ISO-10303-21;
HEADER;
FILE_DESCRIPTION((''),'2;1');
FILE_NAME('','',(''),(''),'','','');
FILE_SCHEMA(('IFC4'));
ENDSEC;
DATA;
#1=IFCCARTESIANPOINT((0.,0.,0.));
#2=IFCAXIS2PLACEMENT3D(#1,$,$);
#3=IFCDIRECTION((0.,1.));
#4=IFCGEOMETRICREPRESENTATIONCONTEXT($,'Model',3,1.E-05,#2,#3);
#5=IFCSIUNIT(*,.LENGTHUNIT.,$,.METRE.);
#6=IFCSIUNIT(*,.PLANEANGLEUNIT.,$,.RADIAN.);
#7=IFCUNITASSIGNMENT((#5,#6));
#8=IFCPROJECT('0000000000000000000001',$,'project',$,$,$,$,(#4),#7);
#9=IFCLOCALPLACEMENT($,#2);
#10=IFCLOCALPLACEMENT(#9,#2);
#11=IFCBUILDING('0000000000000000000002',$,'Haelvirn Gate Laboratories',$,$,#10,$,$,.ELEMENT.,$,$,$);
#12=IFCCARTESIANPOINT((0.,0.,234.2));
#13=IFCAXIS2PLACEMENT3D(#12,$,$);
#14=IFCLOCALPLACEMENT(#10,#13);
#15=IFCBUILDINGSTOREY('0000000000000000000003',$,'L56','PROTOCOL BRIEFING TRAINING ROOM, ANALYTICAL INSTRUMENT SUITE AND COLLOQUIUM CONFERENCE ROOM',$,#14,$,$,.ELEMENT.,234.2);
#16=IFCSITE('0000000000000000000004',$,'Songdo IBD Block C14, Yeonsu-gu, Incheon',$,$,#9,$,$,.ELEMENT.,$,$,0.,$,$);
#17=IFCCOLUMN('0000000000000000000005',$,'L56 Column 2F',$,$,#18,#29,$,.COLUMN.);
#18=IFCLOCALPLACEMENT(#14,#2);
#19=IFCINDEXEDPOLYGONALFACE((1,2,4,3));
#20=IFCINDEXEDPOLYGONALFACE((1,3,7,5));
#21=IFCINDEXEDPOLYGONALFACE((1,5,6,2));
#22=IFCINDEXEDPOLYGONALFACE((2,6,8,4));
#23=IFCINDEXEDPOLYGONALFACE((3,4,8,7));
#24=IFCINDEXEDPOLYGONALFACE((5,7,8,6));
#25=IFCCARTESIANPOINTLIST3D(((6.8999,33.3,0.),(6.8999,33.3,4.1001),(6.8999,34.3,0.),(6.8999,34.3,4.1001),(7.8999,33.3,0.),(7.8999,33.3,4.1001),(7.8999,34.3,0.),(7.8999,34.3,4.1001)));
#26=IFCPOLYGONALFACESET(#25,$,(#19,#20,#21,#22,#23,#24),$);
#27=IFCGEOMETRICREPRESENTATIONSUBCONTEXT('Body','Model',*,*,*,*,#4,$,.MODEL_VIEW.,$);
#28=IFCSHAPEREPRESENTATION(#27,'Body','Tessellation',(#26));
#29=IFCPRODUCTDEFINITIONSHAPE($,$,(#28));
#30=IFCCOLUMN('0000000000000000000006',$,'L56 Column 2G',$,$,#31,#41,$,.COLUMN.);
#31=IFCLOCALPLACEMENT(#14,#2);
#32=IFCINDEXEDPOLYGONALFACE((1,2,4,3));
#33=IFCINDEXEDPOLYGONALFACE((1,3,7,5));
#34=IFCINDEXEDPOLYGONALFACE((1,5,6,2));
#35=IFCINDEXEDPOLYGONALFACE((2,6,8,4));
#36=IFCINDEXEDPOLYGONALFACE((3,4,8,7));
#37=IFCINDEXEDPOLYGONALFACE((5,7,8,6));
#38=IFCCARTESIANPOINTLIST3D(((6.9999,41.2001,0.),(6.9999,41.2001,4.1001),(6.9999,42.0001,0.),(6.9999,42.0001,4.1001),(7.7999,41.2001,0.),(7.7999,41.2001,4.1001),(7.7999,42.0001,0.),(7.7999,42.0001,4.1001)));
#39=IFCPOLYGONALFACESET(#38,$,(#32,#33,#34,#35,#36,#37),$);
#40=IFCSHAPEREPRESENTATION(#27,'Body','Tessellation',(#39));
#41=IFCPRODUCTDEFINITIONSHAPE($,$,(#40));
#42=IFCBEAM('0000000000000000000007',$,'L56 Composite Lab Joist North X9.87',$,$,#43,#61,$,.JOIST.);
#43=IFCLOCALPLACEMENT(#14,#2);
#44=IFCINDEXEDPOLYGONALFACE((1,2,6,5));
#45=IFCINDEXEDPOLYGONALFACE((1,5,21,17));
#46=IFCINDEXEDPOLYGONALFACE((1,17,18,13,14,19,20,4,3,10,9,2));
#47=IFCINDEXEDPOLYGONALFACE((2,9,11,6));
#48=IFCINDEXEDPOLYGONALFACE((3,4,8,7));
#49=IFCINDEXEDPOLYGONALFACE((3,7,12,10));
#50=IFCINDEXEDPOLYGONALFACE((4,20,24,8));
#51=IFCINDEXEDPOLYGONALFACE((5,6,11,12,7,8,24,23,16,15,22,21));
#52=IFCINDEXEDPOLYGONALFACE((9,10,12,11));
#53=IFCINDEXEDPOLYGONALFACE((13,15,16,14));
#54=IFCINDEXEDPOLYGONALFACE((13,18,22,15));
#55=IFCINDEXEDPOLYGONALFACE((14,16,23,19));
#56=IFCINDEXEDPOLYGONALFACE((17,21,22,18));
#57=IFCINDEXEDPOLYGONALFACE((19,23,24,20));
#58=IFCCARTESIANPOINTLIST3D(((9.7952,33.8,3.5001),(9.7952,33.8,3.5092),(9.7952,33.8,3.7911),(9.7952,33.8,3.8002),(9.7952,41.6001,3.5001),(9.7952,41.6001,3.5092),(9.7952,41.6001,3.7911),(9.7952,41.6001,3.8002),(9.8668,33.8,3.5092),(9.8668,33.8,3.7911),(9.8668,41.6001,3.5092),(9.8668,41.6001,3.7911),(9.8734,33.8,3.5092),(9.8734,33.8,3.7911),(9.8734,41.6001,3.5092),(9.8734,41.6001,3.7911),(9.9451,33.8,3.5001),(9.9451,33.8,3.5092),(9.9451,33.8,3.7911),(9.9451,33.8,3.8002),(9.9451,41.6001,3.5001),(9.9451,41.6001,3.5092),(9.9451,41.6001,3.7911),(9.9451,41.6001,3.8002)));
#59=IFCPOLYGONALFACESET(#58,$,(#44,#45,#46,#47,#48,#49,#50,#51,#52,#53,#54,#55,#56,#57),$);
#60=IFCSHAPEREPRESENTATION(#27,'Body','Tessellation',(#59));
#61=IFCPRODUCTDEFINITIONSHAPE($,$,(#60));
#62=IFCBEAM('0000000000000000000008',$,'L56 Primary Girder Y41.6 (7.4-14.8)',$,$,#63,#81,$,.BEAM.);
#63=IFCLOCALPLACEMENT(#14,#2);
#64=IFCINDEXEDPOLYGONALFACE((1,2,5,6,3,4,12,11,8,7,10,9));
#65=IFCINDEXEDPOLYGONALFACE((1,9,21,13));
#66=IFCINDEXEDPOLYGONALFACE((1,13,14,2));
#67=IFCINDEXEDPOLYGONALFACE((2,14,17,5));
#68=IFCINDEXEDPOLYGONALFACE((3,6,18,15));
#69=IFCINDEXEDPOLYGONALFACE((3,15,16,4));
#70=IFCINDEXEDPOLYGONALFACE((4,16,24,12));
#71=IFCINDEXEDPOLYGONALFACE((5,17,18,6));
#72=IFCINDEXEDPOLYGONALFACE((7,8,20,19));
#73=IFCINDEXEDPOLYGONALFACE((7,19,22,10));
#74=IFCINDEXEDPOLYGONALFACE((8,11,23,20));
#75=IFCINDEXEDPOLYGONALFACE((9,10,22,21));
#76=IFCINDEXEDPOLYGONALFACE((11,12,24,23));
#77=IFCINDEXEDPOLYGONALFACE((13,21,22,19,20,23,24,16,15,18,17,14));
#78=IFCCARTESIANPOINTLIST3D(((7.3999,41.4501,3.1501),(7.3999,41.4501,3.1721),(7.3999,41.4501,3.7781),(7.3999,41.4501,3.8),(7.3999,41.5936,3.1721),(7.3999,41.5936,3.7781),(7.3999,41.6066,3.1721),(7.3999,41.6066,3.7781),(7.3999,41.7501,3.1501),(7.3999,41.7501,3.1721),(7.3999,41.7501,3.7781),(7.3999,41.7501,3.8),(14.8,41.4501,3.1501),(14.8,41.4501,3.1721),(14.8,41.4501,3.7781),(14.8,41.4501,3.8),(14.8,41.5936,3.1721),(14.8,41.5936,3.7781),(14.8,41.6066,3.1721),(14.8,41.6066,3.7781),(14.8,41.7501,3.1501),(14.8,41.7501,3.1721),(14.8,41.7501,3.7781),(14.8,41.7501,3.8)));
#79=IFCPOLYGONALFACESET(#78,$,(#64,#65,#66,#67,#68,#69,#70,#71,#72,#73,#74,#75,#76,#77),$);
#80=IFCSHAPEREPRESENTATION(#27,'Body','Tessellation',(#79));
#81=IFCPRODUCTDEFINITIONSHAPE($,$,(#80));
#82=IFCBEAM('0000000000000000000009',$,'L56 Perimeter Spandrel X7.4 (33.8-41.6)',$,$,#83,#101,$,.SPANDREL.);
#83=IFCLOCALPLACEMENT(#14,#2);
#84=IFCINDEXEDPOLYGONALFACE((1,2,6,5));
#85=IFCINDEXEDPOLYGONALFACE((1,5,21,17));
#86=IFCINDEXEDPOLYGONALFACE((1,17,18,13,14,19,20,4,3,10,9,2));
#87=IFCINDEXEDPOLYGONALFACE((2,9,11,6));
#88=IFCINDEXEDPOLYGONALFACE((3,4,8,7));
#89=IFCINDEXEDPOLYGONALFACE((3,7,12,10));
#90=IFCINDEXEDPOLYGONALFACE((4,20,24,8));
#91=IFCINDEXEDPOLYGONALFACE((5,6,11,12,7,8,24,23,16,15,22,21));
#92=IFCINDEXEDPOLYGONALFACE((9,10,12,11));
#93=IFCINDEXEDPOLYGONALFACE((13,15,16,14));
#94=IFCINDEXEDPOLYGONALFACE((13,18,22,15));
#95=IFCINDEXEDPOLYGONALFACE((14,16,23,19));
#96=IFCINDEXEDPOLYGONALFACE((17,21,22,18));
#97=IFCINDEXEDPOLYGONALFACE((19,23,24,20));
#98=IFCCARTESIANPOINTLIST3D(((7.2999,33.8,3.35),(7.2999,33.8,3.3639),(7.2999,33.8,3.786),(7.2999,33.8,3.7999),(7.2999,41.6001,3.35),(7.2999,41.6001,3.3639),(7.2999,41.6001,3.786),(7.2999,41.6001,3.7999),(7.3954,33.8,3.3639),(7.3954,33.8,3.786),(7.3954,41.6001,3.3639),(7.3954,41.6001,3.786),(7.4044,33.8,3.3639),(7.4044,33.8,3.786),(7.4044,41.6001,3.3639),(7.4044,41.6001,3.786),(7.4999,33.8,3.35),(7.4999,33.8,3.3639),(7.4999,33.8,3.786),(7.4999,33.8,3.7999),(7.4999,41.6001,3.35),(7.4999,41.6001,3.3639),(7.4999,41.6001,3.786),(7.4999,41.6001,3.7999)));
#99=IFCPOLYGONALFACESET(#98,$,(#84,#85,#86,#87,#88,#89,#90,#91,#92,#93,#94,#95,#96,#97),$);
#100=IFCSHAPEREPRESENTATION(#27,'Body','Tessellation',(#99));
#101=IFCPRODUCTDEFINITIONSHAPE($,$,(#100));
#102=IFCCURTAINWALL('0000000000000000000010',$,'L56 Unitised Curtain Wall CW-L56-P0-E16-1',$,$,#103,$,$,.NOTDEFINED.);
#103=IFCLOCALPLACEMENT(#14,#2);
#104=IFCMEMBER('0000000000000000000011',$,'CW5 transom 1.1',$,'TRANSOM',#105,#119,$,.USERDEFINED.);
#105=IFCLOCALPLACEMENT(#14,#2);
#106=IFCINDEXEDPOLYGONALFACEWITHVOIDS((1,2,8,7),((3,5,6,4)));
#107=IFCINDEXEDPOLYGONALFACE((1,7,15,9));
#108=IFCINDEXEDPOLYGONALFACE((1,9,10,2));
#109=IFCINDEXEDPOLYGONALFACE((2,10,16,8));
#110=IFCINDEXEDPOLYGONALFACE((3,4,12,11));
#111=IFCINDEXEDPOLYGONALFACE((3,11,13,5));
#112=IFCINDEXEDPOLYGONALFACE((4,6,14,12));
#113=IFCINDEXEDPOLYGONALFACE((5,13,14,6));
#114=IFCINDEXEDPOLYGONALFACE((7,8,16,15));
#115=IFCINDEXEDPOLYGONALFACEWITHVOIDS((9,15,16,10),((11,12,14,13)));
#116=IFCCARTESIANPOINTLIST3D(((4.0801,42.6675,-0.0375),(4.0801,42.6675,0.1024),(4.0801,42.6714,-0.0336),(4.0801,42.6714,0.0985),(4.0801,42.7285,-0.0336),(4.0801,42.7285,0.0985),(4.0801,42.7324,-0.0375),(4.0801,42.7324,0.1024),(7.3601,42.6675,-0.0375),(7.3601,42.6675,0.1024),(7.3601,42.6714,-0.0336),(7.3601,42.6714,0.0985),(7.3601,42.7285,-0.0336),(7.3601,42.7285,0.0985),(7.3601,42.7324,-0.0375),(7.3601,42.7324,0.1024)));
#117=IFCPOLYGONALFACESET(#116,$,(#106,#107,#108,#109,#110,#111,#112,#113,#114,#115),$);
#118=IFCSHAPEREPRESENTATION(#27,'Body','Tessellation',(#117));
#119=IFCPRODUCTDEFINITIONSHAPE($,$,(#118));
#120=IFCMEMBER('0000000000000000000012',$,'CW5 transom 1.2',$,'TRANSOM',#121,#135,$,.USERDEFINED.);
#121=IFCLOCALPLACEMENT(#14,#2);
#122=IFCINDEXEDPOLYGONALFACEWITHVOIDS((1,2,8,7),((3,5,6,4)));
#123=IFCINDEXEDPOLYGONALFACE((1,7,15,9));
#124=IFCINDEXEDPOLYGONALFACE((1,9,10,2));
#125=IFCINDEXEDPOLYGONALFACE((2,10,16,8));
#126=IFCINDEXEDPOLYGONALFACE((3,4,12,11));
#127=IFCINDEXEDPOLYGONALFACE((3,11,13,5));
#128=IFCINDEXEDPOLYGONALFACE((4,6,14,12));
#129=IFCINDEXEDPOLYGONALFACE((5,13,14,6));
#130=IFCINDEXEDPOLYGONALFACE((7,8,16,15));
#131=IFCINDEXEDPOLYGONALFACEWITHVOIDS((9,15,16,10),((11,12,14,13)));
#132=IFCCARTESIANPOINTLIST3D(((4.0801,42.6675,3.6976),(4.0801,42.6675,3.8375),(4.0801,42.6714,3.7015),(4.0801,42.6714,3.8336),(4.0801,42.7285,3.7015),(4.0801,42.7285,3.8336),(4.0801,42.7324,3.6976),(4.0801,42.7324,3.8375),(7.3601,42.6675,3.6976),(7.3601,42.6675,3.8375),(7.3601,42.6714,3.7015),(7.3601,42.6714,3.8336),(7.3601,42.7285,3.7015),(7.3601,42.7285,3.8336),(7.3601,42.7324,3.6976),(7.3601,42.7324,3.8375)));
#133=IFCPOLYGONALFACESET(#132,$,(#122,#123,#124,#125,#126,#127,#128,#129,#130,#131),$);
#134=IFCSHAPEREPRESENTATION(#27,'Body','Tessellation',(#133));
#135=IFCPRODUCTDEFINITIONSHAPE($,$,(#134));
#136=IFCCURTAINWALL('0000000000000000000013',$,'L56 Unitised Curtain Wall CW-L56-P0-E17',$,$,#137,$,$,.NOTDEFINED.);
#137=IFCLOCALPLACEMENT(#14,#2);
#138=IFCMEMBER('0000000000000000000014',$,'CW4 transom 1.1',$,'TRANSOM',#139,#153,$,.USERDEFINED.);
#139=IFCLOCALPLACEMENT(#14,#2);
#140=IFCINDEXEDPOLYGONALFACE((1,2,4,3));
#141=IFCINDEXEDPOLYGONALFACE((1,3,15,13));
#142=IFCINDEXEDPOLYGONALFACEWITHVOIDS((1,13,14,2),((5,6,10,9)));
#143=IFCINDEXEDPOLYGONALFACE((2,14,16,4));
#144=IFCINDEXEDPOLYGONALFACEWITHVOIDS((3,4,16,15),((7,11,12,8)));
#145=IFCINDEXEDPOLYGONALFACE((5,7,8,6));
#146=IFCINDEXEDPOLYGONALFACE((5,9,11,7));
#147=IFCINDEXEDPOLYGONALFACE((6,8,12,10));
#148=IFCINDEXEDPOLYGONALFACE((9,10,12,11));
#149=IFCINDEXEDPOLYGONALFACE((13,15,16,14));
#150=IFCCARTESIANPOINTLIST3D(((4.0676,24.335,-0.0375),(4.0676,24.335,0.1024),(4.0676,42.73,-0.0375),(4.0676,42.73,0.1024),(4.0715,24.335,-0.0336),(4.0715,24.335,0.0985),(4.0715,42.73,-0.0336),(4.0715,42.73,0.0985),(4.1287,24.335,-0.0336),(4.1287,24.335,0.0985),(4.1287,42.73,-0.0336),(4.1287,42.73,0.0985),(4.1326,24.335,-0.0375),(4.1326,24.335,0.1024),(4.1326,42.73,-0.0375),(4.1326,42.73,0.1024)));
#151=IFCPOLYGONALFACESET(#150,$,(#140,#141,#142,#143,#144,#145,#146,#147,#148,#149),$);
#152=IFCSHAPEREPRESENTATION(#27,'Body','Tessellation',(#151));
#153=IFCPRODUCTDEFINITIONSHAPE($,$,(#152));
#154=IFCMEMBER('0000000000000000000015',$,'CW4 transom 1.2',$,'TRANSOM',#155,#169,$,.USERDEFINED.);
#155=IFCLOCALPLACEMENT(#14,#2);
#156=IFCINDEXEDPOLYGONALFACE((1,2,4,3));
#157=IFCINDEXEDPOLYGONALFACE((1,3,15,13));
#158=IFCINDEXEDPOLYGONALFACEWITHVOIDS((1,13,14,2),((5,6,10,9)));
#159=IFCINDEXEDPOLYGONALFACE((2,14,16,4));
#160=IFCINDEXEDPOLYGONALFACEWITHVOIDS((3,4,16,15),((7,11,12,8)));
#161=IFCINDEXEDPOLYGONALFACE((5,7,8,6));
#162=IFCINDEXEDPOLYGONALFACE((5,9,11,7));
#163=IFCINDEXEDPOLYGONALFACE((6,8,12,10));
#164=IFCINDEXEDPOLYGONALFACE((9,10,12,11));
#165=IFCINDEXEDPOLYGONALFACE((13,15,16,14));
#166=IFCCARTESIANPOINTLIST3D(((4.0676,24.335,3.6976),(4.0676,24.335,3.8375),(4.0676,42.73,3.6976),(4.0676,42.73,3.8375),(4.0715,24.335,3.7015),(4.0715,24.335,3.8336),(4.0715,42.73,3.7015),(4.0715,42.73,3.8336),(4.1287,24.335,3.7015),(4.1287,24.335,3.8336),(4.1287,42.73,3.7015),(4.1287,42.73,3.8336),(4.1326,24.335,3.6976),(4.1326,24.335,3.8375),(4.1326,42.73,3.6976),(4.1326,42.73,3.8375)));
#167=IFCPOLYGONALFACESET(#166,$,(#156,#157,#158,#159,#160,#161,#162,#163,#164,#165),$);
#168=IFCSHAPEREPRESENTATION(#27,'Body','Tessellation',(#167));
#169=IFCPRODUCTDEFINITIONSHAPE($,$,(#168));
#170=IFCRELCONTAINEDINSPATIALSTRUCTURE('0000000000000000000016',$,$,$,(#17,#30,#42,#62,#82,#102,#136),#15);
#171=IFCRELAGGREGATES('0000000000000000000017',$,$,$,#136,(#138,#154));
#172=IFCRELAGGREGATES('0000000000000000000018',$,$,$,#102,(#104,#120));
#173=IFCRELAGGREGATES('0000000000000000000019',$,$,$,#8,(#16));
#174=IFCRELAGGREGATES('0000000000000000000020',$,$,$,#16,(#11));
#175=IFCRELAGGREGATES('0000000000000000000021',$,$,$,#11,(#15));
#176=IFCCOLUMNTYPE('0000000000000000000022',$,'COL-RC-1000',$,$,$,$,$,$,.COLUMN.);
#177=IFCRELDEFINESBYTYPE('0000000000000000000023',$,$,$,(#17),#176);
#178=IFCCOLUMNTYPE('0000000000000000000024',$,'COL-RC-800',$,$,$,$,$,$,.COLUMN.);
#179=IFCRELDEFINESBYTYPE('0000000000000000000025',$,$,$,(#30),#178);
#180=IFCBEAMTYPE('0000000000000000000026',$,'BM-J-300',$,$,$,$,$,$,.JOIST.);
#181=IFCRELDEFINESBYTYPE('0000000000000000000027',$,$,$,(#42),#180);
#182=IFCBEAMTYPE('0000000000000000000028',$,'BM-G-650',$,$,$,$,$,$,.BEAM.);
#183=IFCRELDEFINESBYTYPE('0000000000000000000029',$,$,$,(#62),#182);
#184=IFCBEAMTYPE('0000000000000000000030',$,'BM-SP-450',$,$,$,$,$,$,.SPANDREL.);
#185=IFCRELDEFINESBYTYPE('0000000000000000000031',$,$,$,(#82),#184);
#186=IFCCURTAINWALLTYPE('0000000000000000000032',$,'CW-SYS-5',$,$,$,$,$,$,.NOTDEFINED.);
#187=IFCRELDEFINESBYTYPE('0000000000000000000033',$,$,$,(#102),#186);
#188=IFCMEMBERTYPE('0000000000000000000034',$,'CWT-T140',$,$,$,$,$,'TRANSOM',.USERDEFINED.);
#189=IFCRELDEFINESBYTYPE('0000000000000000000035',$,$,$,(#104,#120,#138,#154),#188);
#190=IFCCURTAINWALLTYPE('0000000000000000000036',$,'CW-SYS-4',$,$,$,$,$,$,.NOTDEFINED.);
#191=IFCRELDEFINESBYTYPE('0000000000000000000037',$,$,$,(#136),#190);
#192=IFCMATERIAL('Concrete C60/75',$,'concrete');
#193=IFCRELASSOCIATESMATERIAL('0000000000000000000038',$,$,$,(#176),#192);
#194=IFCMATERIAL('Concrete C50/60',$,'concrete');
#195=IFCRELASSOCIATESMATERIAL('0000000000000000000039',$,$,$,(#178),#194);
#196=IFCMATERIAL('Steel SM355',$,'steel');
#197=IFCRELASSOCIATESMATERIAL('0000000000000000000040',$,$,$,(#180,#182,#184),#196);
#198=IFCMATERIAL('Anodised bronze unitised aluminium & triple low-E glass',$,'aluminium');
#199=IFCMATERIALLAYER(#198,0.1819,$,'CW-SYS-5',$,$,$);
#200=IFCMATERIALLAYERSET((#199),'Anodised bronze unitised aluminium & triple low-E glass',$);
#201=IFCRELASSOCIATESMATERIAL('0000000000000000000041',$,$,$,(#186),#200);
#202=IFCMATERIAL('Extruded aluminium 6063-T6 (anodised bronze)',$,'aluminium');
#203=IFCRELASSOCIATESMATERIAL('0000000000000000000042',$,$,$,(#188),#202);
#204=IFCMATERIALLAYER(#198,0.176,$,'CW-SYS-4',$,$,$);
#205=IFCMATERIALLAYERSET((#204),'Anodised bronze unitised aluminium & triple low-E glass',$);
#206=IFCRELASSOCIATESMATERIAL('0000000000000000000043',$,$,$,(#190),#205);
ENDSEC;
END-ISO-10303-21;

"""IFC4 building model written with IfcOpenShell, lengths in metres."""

from ifc_helpers import new_model, si_unit, direction, frame, origin, origin_2d, place, context, subcontext, project, spatial, rectangle, hollow_rectangle, i_section, extrude, source, transform, mapped, material, layer, layer_set, material_profile, profile_set, type_object, type_shapes, element, aggregate, save


model = new_model("IFC4")

# Units and contexts
model_context = context("Model", 3, precision=1e-05, world=origin(), true_north=direction((0.0, 1.0)))
body_context = subcontext(model_context, "Body", "Model", "MODEL_VIEW")
ifc_project = project(units=[si_unit("LENGTHUNIT", "METRE"), si_unit("PLANEANGLEUNIT", "RADIAN")], contexts=[model_context])

# Site, building, storey
site_placement = place(None, origin())
site = spatial("IfcSite", under=ifc_project, at=site_placement, Name="Songdo IBD Block C14, Yeonsu-gu, Incheon", CompositionType="ELEMENT", RefElevation=0.0)
building_placement = place(site_placement, origin())
building = spatial("IfcBuilding", under=site, at=building_placement, Name="Haelvirn Gate Laboratories", CompositionType="ELEMENT")
storey_placement = place(building_placement, frame((0.0, 0.0, 234.2)))
storey = spatial("IfcBuildingStorey", under=building, at=storey_placement, Name="L56", Description="PROTOCOL BRIEFING TRAINING ROOM, ANALYTICAL INSTRUMENT SUITE AND COLLOQUIUM CONFERENCE ROOM", CompositionType="ELEMENT", Elevation=234.2)

# Columns
ifc_material_1 = material(Name="Concrete C60/75", Category="concrete")
ifc_material_profile_1 = material_profile(ifc_material_1, rectangle(XDim=1.0, YDim=1.0, at=origin_2d()), Name="RC-1000x1000")
ifc_profile_set_1 = profile_set([ifc_material_profile_1], Name="Concrete C60/75")
column_type_1 = type_object("IfcColumnType", Name="COL-RC-1000", PredefinedType="COLUMN", material=ifc_profile_set_1)
shared_shape_1 = source(origin(), body_context, "Body", "SweptSolid", [
    extrude(rectangle(XDim=1.0, YDim=1.0, at=origin_2d()), origin(), (0.0, 0.0, 1.0), 4.1001),
])
type_shapes(column_type_1, [shared_shape_1])
column_1_placement = place(storey_placement, frame((7.3999, 33.8, 0.0), z_axis=(0.0, 0.0, 1.0), x_axis=(1.0, 0.0, 0.0)))
element("IfcColumn", 1, at=column_1_placement, inside=storey, type_object=column_type_1, Name="L56 Column 2F", PredefinedType="COLUMN", context=body_context, shape_type="MappedRepresentation", body=[
    mapped(shared_shape_1, transform((0.0, 0.0, 0.0), scale=1.0)),
])
ifc_material_2 = material(Name="Concrete C50/60", Category="concrete")
ifc_material_profile_2 = material_profile(ifc_material_2, rectangle(XDim=0.8, YDim=0.8, at=origin_2d()), Name="RC-800x800")
ifc_profile_set_2 = profile_set([ifc_material_profile_2], Name="Concrete C50/60")
column_type_2 = type_object("IfcColumnType", Name="COL-RC-800", PredefinedType="COLUMN", material=ifc_profile_set_2)
shared_shape_2 = source(origin(), body_context, "Body", "SweptSolid", [
    extrude(rectangle(XDim=0.8, YDim=0.8, at=origin_2d()), origin(), (0.0, 0.0, 1.0), 4.1001),
])
type_shapes(column_type_2, [shared_shape_2])
column_2_placement = place(storey_placement, frame((7.3999, 41.6001, 0.0), z_axis=(0.0, 0.0, 1.0), x_axis=(1.0, 0.0, 0.0)))
element("IfcColumn", 2, at=column_2_placement, inside=storey, type_object=column_type_2, Name="L56 Column 2G", PredefinedType="COLUMN", context=body_context, shape_type="MappedRepresentation", body=[
    mapped(shared_shape_2, transform((0.0, 0.0, 0.0), scale=1.0)),
])

# Beams
ifc_material_3 = material(Name="Steel SM355", Category="steel")
ifc_material_profile_3 = material_profile(ifc_material_3, i_section(OverallWidth=0.1499, OverallDepth=0.3, WebThickness=0.0066, FlangeThickness=0.009, at=origin_2d()), Name="H-300x150x6.5x9")
ifc_profile_set_3 = profile_set([ifc_material_profile_3], Name="Steel SM355")
beam_type_1 = type_object("IfcBeamType", Name="BM-J-300", PredefinedType="JOIST", material=ifc_profile_set_3)
shared_shape_3 = source(origin(), body_context, "Body", "SweptSolid", [
    extrude(i_section(OverallWidth=0.1499, OverallDepth=0.3, WebThickness=0.0066, FlangeThickness=0.009, at=origin_2d()), origin(), (0.0, 0.0, 1.0), 7.8),
])
type_shapes(beam_type_1, [shared_shape_3])
beam_1_placement = place(storey_placement, frame((9.8701, 33.8, 3.6501), z_axis=(0.0, 1.0, 0.0), x_axis=(-1.0, 0.0, 0.0)))
element("IfcBeam", 3, at=beam_1_placement, inside=storey, type_object=beam_type_1, Name="L56 Composite Lab Joist North X9.87", PredefinedType="JOIST", context=body_context, shape_type="MappedRepresentation", body=[
    mapped(shared_shape_3, transform((0.0, 0.0, 0.0), scale=1.0)),
])
ifc_material_profile_4 = material_profile(ifc_material_3, i_section(OverallWidth=0.3, OverallDepth=0.6499, WebThickness=0.0129, FlangeThickness=0.022, at=origin_2d()), Name="H-650x300x13x22")
ifc_profile_set_4 = profile_set([ifc_material_profile_4], Name="Steel SM355")
beam_type_2 = type_object("IfcBeamType", Name="BM-G-650", PredefinedType="BEAM", material=ifc_profile_set_4)
shared_shape_4 = source(origin(), body_context, "Body", "SweptSolid", [
    extrude(i_section(OverallWidth=0.3, OverallDepth=0.6499, WebThickness=0.0129, FlangeThickness=0.022, at=origin_2d()), origin(), (0.0, 0.0, 1.0), 7.4001),
])
type_shapes(beam_type_2, [shared_shape_4])
beam_2_placement = place(storey_placement, frame((7.3999, 41.6001, 3.4751), z_axis=(1.0, 0.0, 0.0), x_axis=(0.0, 1.0, 0.0)))
element("IfcBeam", 4, at=beam_2_placement, inside=storey, type_object=beam_type_2, Name="L56 Primary Girder Y41.6 (7.4-14.8)", PredefinedType="BEAM", context=body_context, shape_type="MappedRepresentation", body=[
    mapped(shared_shape_4, transform((0.0, 0.0, 0.0), scale=1.0)),
])
ifc_material_profile_5 = material_profile(ifc_material_3, i_section(OverallWidth=0.2, OverallDepth=0.45, WebThickness=0.009, FlangeThickness=0.0139, at=origin_2d()), Name="H-450x200x9x14")
ifc_profile_set_5 = profile_set([ifc_material_profile_5], Name="Steel SM355")
beam_type_3 = type_object("IfcBeamType", Name="BM-SP-450", PredefinedType="SPANDREL", material=ifc_profile_set_5)
shared_shape_5 = source(origin(), body_context, "Body", "SweptSolid", [
    extrude(i_section(OverallWidth=0.2, OverallDepth=0.45, WebThickness=0.009, FlangeThickness=0.0139, at=origin_2d()), origin(), (0.0, 0.0, 1.0), 7.8),
])
type_shapes(beam_type_3, [shared_shape_5])
beam_3_placement = place(storey_placement, frame((7.3999, 33.8, 3.575), z_axis=(0.0, 1.0, 0.0), x_axis=(-1.0, 0.0, 0.0)))
element("IfcBeam", 5, at=beam_3_placement, inside=storey, type_object=beam_type_3, Name="L56 Perimeter Spandrel X7.4 (33.8-41.6)", PredefinedType="SPANDREL", context=body_context, shape_type="MappedRepresentation", body=[
    mapped(shared_shape_5, transform((0.0, 0.0, 0.0), scale=1.0)),
])

# Curtain walls, members
ifc_material_4 = material(Name="Anodised bronze unitised aluminium & triple low-E glass", Category="aluminium")
ifc_layer_1 = layer(ifc_material_4, 0.1819, Name="CW-SYS-5")
ifc_layer_set_1 = layer_set([ifc_layer_1], Name="Anodised bronze unitised aluminium & triple low-E glass")
curtain_wall_type_1 = type_object("IfcCurtainWallType", Name="CW-SYS-5", PredefinedType="NOTDEFINED", material=ifc_layer_set_1)
curtain_wall_1_placement = place(storey_placement, origin())
curtain_wall_1 = element("IfcCurtainWall", 6, at=curtain_wall_1_placement, inside=storey, type_object=curtain_wall_type_1, Name="L56 Unitised Curtain Wall CW-L56-P0-E16-1", PredefinedType="NOTDEFINED")
ifc_material_5 = material(Name="Extruded aluminium 6063-T6 (anodised bronze)", Category="aluminium")
ifc_material_profile_6 = material_profile(ifc_material_5, hollow_rectangle(XDim=0.0649, YDim=0.1399, WallThickness=0.0039, at=origin_2d()), Name="CWT-140x65x4")
ifc_profile_set_6 = profile_set([ifc_material_profile_6], Name="Extruded aluminium 6063-T6 (anodised bronze)")
member_type_1 = type_object("IfcMemberType", Name="CWT-T140", ElementType="TRANSOM", PredefinedType="USERDEFINED", material=ifc_profile_set_6)
shared_shape_6 = source(origin(), body_context, "Body", "SweptSolid", [
    extrude(hollow_rectangle(XDim=0.0649, YDim=0.1399, WallThickness=0.0039, at=origin_2d()), origin(), (0.0, 0.0, 1.0), 3.28),
])
member_1_placement = place(storey_placement, frame((4.0801, 42.7, 0.0325), z_axis=(1.0, 0.0, 0.0), x_axis=(0.0, 1.0, 0.0)))
member_1 = element("IfcMember", 7, at=member_1_placement, type_object=member_type_1, Name="CW5 transom 1.1", ObjectType="TRANSOM", PredefinedType="USERDEFINED", context=body_context, shape_type="MappedRepresentation", body=[
    mapped(shared_shape_6, transform((0.0, 0.0, 0.0), scale=1.0)),
])
member_2_placement = place(storey_placement, frame((4.0801, 42.7, 3.7676), z_axis=(1.0, 0.0, 0.0), x_axis=(0.0, 1.0, 0.0)))
member_2 = element("IfcMember", 8, at=member_2_placement, type_object=member_type_1, Name="CW5 transom 1.2", ObjectType="TRANSOM", PredefinedType="USERDEFINED", context=body_context, shape_type="MappedRepresentation", body=[
    mapped(shared_shape_6, transform((0.0, 0.0, 0.0), scale=1.0)),
])
ifc_layer_2 = layer(ifc_material_4, 0.176, Name="CW-SYS-4")
ifc_layer_set_2 = layer_set([ifc_layer_2], Name="Anodised bronze unitised aluminium & triple low-E glass")
curtain_wall_type_2 = type_object("IfcCurtainWallType", Name="CW-SYS-4", PredefinedType="NOTDEFINED", material=ifc_layer_set_2)
curtain_wall_2_placement = place(storey_placement, origin())
curtain_wall_2 = element("IfcCurtainWall", 9, at=curtain_wall_2_placement, inside=storey, type_object=curtain_wall_type_2, Name="L56 Unitised Curtain Wall CW-L56-P0-E17", PredefinedType="NOTDEFINED")
shared_shape_7 = source(origin(), body_context, "Body", "SweptSolid", [
    extrude(hollow_rectangle(XDim=0.0649, YDim=0.1399, WallThickness=0.0039, at=origin_2d()), origin(), (0.0, 0.0, 1.0), 18.395),
])
member_3_placement = place(storey_placement, frame((4.1001, 42.73, 0.0325), z_axis=(0.0, -1.0, 0.0), x_axis=(1.0, 0.0, 0.0)))
member_3 = element("IfcMember", 10, at=member_3_placement, type_object=member_type_1, Name="CW4 transom 1.1", ObjectType="TRANSOM", PredefinedType="USERDEFINED", context=body_context, shape_type="MappedRepresentation", body=[
    mapped(shared_shape_7, transform((0.0, 0.0, 0.0), scale=1.0)),
])
member_4_placement = place(storey_placement, frame((4.1001, 42.73, 3.7676), z_axis=(0.0, -1.0, 0.0), x_axis=(1.0, 0.0, 0.0)))
member_4 = element("IfcMember", 11, at=member_4_placement, type_object=member_type_1, Name="CW4 transom 1.2", ObjectType="TRANSOM", PredefinedType="USERDEFINED", context=body_context, shape_type="MappedRepresentation", body=[
    mapped(shared_shape_7, transform((0.0, 0.0, 0.0), scale=1.0)),
])

aggregate(curtain_wall_2, [member_3, member_4])

aggregate(curtain_wall_1, [member_1, member_2])

save(model, "model.ifc")
